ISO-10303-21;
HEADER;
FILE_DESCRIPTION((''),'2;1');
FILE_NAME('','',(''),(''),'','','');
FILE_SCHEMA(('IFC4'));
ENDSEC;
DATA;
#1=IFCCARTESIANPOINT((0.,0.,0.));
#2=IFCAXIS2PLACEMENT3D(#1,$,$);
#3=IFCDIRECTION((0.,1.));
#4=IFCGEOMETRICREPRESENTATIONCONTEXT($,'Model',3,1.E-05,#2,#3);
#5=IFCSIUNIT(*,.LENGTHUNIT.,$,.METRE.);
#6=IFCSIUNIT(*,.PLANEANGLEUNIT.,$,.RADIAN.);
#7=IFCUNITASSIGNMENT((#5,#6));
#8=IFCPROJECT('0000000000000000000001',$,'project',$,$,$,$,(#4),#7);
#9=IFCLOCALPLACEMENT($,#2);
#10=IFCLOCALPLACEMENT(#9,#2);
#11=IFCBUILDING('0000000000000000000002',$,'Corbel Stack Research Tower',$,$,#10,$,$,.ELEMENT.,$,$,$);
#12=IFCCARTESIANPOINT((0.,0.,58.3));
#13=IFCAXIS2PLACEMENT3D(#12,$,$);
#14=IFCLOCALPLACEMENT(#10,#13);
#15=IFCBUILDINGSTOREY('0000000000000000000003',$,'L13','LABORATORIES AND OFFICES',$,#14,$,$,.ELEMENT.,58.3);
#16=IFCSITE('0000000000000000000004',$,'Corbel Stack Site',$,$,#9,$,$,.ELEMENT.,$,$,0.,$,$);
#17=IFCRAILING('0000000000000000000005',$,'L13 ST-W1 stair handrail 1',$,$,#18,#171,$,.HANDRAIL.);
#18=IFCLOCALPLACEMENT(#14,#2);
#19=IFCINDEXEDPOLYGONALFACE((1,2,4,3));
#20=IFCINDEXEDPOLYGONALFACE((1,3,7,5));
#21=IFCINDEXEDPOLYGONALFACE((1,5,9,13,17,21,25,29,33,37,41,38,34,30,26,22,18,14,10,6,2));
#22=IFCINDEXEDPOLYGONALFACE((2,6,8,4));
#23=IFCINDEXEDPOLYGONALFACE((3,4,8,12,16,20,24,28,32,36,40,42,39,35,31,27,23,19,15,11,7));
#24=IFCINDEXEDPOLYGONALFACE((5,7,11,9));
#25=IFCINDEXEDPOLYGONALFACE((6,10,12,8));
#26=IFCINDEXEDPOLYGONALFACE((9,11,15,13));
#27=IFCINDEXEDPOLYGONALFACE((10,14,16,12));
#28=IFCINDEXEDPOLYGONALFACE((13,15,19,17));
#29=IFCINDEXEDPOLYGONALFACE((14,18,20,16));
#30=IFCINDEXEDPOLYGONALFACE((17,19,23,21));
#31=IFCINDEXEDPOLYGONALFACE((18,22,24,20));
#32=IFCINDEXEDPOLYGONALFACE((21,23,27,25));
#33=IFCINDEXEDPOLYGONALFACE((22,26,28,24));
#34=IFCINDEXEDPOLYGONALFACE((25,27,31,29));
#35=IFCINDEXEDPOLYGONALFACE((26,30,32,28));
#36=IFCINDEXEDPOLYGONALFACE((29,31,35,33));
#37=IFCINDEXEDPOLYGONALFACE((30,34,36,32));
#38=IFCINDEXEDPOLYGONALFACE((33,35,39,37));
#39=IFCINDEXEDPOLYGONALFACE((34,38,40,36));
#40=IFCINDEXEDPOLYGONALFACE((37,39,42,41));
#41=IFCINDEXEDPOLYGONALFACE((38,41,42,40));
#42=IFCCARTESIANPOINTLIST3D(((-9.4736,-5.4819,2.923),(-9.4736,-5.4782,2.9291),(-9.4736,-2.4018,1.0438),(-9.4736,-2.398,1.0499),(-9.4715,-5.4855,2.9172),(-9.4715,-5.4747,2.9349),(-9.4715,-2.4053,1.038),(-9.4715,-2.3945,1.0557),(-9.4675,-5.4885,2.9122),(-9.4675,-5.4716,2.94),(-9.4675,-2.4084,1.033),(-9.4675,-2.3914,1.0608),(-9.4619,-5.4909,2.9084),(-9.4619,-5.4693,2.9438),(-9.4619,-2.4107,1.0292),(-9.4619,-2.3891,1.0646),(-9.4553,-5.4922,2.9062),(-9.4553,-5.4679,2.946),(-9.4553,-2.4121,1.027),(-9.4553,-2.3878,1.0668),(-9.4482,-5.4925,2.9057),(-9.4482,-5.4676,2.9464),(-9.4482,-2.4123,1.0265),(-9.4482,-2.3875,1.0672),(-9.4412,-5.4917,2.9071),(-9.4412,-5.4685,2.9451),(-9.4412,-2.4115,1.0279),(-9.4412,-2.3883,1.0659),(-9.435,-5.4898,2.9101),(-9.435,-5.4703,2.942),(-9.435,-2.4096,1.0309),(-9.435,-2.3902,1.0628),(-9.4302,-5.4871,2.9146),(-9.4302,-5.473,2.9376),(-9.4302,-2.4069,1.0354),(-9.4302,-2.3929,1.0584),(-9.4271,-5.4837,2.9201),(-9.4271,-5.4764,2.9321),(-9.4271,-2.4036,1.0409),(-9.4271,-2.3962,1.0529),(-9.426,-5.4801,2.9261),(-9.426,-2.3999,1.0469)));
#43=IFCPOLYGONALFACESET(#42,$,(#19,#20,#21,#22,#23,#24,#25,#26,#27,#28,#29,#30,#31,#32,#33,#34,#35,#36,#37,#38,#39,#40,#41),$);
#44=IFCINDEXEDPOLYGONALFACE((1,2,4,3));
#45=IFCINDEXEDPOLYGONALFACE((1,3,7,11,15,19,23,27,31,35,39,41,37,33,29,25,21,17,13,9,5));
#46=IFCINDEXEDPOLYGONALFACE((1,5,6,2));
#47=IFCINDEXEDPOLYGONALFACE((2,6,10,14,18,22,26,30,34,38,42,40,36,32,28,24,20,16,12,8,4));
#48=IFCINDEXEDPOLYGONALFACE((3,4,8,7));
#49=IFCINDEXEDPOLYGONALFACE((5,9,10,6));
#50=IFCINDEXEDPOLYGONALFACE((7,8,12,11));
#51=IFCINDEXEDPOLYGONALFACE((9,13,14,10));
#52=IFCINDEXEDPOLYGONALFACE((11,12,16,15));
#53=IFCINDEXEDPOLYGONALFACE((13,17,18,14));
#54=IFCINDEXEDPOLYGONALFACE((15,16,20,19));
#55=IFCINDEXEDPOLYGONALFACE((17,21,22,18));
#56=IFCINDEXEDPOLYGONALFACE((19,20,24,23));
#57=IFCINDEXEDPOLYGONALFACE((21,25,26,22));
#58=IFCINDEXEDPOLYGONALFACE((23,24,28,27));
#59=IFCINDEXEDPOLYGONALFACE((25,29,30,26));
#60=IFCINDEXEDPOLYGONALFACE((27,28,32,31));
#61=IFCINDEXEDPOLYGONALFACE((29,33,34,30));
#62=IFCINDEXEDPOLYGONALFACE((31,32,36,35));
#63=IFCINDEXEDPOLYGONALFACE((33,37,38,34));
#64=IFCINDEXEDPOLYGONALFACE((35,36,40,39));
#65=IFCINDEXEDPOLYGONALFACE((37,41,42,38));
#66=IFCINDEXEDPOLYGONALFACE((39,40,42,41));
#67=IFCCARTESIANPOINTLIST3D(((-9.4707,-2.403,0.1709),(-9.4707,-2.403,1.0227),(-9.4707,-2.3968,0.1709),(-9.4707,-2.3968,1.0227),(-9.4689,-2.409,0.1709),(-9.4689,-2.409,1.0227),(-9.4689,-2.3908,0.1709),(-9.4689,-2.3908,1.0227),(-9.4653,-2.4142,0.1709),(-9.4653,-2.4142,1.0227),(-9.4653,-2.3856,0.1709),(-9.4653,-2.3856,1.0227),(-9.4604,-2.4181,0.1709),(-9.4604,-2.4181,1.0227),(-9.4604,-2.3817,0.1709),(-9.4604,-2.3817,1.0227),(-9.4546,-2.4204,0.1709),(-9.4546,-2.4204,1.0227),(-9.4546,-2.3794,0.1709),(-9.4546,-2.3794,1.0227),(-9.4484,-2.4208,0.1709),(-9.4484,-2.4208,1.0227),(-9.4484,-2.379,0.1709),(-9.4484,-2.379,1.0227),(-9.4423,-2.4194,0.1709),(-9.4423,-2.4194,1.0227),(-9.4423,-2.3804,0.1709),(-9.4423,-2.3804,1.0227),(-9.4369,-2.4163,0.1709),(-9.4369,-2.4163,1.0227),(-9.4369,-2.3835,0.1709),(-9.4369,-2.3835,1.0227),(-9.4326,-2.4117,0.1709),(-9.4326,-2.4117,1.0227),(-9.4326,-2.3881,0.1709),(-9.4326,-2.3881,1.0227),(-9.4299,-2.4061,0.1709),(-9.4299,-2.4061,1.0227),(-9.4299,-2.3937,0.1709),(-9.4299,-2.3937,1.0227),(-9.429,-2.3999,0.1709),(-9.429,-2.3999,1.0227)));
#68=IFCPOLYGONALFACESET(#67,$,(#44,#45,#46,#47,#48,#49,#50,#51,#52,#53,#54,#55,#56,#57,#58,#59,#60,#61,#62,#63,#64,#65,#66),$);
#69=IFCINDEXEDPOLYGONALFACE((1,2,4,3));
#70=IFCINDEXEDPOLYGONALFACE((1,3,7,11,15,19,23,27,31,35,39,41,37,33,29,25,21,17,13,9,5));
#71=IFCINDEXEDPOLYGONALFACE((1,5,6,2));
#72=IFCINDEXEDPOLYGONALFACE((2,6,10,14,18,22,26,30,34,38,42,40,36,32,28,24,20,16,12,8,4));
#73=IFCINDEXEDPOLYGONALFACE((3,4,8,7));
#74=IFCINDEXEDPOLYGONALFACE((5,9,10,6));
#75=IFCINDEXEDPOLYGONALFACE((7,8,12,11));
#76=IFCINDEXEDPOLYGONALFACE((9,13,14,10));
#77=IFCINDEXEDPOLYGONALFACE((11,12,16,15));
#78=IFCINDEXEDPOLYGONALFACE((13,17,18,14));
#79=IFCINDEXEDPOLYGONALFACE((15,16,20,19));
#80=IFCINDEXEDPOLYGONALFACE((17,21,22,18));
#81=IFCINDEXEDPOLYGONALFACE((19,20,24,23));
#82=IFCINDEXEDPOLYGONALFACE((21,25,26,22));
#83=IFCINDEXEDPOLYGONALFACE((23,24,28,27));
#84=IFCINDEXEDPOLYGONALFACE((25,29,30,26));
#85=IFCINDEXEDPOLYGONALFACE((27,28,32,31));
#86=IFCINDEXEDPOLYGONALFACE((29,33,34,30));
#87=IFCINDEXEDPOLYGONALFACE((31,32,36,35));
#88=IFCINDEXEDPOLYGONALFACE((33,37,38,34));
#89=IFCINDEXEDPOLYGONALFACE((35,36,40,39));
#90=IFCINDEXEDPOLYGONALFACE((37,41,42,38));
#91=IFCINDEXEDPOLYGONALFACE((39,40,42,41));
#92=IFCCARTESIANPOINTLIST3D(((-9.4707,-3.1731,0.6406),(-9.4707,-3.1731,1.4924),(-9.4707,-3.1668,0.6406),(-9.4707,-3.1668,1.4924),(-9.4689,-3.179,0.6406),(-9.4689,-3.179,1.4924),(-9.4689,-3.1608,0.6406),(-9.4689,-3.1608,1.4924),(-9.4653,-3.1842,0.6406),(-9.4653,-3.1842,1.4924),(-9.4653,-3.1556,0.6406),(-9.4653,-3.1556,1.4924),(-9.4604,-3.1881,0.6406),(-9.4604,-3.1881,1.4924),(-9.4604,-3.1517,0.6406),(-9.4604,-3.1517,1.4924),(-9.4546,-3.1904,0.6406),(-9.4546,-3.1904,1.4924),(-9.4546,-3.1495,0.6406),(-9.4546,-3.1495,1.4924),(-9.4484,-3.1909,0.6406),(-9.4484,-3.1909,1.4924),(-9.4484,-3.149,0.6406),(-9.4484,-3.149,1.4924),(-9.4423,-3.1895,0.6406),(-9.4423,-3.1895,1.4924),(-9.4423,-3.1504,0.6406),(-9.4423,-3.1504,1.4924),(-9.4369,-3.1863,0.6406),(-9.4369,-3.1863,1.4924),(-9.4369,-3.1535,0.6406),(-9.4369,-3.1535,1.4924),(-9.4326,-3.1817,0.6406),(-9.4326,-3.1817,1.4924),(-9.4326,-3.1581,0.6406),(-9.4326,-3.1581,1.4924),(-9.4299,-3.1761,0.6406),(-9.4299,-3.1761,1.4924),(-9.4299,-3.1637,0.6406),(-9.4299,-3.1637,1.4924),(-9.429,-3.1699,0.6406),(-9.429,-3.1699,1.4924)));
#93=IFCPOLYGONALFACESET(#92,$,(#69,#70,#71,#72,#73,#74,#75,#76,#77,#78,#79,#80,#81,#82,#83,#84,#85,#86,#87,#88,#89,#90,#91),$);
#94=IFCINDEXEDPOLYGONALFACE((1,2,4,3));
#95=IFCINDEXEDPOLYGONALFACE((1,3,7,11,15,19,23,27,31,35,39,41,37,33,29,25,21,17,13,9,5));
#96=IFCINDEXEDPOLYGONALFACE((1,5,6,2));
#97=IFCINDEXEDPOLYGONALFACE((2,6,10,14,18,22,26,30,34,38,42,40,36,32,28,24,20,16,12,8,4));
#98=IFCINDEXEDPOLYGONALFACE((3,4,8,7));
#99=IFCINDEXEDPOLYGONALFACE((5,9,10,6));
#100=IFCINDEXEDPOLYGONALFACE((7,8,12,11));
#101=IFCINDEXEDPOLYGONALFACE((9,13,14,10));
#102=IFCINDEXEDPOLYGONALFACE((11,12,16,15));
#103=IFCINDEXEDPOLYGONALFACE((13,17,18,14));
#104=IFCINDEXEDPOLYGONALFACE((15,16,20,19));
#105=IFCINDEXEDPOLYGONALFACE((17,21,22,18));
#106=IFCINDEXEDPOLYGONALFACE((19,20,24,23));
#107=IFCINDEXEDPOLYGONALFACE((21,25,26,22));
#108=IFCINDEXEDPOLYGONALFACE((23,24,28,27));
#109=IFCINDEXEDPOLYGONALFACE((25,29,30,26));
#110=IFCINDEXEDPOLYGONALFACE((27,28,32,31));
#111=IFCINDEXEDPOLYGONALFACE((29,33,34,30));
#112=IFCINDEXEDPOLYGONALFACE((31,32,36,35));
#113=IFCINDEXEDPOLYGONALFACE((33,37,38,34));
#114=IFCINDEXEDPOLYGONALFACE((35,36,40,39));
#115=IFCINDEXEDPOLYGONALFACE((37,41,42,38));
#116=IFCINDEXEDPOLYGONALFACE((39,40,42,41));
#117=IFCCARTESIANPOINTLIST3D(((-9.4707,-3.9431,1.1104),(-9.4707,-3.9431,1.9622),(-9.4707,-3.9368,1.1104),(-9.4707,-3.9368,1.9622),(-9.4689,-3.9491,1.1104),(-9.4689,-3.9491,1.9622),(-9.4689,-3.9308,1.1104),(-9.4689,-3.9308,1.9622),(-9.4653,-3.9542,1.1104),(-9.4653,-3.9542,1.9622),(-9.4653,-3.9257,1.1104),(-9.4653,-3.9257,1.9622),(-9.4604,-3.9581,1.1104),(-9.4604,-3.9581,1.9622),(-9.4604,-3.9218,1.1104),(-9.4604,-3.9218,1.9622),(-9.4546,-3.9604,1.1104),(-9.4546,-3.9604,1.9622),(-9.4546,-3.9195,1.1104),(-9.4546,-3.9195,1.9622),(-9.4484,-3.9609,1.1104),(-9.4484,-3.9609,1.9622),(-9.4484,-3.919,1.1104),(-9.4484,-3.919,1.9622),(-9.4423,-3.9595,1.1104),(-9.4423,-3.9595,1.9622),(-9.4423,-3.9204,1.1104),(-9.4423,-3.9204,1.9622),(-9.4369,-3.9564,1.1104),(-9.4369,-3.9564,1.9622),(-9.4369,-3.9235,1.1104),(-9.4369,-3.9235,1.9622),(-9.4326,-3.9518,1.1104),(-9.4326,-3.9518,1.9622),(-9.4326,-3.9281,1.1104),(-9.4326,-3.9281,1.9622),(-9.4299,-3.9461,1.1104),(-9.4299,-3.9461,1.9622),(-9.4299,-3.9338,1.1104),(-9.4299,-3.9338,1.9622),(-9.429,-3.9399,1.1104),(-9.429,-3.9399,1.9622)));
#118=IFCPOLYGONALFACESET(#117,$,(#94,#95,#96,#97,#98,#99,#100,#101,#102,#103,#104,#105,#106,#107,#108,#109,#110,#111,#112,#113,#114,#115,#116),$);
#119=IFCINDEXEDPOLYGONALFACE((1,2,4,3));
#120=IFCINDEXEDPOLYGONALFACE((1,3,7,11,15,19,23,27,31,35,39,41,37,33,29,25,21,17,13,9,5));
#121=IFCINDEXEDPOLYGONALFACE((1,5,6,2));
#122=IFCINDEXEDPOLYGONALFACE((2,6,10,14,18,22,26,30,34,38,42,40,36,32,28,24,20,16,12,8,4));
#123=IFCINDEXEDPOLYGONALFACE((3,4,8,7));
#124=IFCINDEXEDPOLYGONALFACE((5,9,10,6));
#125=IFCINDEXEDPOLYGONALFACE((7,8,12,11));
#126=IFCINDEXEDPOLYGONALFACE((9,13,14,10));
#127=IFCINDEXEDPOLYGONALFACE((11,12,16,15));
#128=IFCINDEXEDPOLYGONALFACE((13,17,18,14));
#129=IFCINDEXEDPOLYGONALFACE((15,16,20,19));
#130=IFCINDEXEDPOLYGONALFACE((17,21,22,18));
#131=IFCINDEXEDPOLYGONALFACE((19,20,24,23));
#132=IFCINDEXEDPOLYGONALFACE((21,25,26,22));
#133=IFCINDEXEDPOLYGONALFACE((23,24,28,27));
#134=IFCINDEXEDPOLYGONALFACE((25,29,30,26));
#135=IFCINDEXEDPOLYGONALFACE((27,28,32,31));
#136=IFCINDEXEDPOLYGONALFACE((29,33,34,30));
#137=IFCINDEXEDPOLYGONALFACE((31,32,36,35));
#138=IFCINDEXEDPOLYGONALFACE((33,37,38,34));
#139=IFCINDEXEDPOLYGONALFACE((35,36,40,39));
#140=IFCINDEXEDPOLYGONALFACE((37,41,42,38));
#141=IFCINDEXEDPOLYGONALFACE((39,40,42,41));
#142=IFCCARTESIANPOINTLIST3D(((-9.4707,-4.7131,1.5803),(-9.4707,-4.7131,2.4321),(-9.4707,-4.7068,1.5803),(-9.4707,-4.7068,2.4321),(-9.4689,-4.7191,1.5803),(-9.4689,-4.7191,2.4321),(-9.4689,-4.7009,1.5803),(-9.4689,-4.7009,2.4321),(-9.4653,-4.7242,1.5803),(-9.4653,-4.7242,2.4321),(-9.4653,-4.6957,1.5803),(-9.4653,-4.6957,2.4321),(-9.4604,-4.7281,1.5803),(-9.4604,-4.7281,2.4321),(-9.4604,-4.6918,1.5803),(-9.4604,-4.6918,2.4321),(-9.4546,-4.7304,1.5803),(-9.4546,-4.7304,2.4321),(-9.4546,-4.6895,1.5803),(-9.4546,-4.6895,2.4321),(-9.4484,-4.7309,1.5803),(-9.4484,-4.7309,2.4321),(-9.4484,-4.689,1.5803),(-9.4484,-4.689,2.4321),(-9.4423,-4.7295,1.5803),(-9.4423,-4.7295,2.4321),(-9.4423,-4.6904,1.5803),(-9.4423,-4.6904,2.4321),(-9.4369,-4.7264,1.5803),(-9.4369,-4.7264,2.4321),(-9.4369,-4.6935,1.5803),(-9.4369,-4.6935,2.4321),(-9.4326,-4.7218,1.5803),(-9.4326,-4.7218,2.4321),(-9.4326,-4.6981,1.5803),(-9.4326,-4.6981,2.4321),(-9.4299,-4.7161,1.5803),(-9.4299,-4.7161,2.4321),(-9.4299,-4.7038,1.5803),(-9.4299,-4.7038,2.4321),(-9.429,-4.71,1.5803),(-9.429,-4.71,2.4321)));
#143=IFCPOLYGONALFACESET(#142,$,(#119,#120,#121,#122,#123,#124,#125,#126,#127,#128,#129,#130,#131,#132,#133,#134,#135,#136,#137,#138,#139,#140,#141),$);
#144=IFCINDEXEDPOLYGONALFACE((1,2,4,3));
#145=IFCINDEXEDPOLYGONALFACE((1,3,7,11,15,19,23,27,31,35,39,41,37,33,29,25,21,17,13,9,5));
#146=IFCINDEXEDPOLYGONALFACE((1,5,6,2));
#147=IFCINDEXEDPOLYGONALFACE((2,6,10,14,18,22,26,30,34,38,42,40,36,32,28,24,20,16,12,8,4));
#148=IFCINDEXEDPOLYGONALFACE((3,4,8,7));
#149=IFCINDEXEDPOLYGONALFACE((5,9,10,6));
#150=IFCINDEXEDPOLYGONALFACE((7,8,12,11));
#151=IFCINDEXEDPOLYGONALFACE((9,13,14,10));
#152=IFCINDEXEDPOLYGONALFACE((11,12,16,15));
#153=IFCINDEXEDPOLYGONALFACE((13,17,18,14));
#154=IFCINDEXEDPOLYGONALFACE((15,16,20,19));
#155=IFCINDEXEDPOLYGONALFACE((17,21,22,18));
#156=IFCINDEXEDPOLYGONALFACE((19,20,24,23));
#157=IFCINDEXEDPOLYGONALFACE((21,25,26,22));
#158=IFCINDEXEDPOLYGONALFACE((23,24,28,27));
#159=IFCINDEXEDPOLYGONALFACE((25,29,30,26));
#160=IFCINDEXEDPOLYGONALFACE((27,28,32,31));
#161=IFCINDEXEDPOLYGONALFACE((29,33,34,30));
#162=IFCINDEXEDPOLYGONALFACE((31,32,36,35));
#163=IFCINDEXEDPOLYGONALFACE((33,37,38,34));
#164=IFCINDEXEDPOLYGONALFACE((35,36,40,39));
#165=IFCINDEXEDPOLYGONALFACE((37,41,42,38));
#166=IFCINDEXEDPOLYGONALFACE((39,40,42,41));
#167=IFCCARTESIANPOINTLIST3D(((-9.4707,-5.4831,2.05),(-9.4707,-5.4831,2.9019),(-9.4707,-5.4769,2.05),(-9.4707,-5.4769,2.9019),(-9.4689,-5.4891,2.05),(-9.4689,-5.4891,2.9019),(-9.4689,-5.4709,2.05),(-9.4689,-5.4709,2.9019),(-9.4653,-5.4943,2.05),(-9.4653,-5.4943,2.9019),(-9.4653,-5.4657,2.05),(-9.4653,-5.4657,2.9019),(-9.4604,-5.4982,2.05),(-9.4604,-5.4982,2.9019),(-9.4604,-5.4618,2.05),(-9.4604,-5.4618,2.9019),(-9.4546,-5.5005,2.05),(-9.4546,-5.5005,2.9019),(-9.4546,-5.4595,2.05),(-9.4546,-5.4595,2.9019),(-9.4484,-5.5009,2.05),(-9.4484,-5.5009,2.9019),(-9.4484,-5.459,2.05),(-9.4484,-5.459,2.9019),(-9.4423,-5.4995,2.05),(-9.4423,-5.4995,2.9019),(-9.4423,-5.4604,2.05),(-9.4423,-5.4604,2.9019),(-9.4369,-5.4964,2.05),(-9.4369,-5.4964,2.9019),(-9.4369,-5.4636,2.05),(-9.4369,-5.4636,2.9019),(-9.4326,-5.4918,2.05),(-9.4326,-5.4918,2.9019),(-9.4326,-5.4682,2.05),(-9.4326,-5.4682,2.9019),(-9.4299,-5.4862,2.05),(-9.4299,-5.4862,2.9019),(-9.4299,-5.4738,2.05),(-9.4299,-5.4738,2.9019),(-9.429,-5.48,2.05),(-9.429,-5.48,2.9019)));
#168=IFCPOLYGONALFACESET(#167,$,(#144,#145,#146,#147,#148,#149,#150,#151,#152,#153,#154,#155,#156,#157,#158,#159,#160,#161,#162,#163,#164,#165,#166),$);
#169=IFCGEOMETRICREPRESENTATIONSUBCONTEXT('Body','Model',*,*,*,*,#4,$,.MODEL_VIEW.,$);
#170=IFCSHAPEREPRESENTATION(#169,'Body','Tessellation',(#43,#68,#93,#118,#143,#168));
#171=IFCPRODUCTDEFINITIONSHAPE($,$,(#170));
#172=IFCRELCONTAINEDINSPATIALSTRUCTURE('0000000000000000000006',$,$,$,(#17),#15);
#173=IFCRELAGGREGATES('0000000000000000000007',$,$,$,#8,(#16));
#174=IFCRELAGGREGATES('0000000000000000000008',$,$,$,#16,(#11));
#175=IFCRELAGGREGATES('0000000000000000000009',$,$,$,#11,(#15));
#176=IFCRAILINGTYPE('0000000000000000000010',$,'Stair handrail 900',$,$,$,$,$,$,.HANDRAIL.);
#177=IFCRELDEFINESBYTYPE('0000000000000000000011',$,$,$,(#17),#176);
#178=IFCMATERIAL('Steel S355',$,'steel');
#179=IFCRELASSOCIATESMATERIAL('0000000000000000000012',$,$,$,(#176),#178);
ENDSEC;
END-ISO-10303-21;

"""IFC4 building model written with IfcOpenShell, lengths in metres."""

from ifc_helpers import new_model, si_unit, direction, frame, origin, origin_2d, place, context, subcontext, project, spatial, circle, extrude, material, type_object, element, save


model = new_model("IFC4")

# Units and contexts
model_context = context("Model", 3, precision=1e-05, world=origin(), true_north=direction((0.0, 1.0)))
body_context = subcontext(model_context, "Body", "Model", "MODEL_VIEW")
ifc_project = project(units=[si_unit("LENGTHUNIT", "METRE"), si_unit("PLANEANGLEUNIT", "RADIAN")], contexts=[model_context])

# Site, building, storey
site_placement = place(None, origin())
site = spatial("IfcSite", under=ifc_project, at=site_placement, Name="Corbel Stack Site", CompositionType="ELEMENT", RefElevation=0.0)
building_placement = place(site_placement, origin())
building = spatial("IfcBuilding", under=site, at=building_placement, Name="Corbel Stack Research Tower", CompositionType="ELEMENT")
storey_placement = place(building_placement, frame((0.0, 0.0, 58.3)))
storey = spatial("IfcBuildingStorey", under=building, at=storey_placement, Name="L13", Description="LABORATORIES AND OFFICES", CompositionType="ELEMENT", Elevation=58.3)

# Railing
ifc_material_1 = material(Name="Steel S355", Category="steel")
railing_type_1 = type_object("IfcRailingType", Name="Stair handrail 900", PredefinedType="HANDRAIL", material=ifc_material_1)
railing_1_placement = place(storey_placement, frame((-9.45, -2.3999, 0.1709)))
element("IfcRailing", 1, at=railing_1_placement, inside=storey, type_object=railing_type_1, Name="L13 ST-W1 stair handrail 1", PredefinedType="HANDRAIL", context=body_context, shape_type="SweptSolid", body=[
    extrude(circle(Radius=0.0239, at=origin_2d()), frame((0.0, 0.0, 0.876), z_axis=(0.0, -0.853666, 0.52082), x_axis=(1.0, 0.0, 0.0)), (0.0, 0.0, 1.0), 3.6082),
    extrude(circle(Radius=0.021, at=origin_2d()), origin(), (0.0, 0.0, 1.0), 0.8518),
    extrude(circle(Radius=0.021, at=origin_2d()), frame((0.0, -0.77, 0.4697)), (0.0, 0.0, 1.0), 0.8518),
    extrude(circle(Radius=0.021, at=origin_2d()), frame((0.0, -1.54, 0.9395)), (0.0, 0.0, 1.0), 0.8518),
    extrude(circle(Radius=0.021, at=origin_2d()), frame((0.0, -2.3101, 1.4094)), (0.0, 0.0, 1.0), 0.8518),
    extrude(circle(Radius=0.021, at=origin_2d()), frame((0.0, -3.0801, 1.8792)), (0.0, 0.0, 1.0), 0.8518),
])

save(model, "model.ifc")
